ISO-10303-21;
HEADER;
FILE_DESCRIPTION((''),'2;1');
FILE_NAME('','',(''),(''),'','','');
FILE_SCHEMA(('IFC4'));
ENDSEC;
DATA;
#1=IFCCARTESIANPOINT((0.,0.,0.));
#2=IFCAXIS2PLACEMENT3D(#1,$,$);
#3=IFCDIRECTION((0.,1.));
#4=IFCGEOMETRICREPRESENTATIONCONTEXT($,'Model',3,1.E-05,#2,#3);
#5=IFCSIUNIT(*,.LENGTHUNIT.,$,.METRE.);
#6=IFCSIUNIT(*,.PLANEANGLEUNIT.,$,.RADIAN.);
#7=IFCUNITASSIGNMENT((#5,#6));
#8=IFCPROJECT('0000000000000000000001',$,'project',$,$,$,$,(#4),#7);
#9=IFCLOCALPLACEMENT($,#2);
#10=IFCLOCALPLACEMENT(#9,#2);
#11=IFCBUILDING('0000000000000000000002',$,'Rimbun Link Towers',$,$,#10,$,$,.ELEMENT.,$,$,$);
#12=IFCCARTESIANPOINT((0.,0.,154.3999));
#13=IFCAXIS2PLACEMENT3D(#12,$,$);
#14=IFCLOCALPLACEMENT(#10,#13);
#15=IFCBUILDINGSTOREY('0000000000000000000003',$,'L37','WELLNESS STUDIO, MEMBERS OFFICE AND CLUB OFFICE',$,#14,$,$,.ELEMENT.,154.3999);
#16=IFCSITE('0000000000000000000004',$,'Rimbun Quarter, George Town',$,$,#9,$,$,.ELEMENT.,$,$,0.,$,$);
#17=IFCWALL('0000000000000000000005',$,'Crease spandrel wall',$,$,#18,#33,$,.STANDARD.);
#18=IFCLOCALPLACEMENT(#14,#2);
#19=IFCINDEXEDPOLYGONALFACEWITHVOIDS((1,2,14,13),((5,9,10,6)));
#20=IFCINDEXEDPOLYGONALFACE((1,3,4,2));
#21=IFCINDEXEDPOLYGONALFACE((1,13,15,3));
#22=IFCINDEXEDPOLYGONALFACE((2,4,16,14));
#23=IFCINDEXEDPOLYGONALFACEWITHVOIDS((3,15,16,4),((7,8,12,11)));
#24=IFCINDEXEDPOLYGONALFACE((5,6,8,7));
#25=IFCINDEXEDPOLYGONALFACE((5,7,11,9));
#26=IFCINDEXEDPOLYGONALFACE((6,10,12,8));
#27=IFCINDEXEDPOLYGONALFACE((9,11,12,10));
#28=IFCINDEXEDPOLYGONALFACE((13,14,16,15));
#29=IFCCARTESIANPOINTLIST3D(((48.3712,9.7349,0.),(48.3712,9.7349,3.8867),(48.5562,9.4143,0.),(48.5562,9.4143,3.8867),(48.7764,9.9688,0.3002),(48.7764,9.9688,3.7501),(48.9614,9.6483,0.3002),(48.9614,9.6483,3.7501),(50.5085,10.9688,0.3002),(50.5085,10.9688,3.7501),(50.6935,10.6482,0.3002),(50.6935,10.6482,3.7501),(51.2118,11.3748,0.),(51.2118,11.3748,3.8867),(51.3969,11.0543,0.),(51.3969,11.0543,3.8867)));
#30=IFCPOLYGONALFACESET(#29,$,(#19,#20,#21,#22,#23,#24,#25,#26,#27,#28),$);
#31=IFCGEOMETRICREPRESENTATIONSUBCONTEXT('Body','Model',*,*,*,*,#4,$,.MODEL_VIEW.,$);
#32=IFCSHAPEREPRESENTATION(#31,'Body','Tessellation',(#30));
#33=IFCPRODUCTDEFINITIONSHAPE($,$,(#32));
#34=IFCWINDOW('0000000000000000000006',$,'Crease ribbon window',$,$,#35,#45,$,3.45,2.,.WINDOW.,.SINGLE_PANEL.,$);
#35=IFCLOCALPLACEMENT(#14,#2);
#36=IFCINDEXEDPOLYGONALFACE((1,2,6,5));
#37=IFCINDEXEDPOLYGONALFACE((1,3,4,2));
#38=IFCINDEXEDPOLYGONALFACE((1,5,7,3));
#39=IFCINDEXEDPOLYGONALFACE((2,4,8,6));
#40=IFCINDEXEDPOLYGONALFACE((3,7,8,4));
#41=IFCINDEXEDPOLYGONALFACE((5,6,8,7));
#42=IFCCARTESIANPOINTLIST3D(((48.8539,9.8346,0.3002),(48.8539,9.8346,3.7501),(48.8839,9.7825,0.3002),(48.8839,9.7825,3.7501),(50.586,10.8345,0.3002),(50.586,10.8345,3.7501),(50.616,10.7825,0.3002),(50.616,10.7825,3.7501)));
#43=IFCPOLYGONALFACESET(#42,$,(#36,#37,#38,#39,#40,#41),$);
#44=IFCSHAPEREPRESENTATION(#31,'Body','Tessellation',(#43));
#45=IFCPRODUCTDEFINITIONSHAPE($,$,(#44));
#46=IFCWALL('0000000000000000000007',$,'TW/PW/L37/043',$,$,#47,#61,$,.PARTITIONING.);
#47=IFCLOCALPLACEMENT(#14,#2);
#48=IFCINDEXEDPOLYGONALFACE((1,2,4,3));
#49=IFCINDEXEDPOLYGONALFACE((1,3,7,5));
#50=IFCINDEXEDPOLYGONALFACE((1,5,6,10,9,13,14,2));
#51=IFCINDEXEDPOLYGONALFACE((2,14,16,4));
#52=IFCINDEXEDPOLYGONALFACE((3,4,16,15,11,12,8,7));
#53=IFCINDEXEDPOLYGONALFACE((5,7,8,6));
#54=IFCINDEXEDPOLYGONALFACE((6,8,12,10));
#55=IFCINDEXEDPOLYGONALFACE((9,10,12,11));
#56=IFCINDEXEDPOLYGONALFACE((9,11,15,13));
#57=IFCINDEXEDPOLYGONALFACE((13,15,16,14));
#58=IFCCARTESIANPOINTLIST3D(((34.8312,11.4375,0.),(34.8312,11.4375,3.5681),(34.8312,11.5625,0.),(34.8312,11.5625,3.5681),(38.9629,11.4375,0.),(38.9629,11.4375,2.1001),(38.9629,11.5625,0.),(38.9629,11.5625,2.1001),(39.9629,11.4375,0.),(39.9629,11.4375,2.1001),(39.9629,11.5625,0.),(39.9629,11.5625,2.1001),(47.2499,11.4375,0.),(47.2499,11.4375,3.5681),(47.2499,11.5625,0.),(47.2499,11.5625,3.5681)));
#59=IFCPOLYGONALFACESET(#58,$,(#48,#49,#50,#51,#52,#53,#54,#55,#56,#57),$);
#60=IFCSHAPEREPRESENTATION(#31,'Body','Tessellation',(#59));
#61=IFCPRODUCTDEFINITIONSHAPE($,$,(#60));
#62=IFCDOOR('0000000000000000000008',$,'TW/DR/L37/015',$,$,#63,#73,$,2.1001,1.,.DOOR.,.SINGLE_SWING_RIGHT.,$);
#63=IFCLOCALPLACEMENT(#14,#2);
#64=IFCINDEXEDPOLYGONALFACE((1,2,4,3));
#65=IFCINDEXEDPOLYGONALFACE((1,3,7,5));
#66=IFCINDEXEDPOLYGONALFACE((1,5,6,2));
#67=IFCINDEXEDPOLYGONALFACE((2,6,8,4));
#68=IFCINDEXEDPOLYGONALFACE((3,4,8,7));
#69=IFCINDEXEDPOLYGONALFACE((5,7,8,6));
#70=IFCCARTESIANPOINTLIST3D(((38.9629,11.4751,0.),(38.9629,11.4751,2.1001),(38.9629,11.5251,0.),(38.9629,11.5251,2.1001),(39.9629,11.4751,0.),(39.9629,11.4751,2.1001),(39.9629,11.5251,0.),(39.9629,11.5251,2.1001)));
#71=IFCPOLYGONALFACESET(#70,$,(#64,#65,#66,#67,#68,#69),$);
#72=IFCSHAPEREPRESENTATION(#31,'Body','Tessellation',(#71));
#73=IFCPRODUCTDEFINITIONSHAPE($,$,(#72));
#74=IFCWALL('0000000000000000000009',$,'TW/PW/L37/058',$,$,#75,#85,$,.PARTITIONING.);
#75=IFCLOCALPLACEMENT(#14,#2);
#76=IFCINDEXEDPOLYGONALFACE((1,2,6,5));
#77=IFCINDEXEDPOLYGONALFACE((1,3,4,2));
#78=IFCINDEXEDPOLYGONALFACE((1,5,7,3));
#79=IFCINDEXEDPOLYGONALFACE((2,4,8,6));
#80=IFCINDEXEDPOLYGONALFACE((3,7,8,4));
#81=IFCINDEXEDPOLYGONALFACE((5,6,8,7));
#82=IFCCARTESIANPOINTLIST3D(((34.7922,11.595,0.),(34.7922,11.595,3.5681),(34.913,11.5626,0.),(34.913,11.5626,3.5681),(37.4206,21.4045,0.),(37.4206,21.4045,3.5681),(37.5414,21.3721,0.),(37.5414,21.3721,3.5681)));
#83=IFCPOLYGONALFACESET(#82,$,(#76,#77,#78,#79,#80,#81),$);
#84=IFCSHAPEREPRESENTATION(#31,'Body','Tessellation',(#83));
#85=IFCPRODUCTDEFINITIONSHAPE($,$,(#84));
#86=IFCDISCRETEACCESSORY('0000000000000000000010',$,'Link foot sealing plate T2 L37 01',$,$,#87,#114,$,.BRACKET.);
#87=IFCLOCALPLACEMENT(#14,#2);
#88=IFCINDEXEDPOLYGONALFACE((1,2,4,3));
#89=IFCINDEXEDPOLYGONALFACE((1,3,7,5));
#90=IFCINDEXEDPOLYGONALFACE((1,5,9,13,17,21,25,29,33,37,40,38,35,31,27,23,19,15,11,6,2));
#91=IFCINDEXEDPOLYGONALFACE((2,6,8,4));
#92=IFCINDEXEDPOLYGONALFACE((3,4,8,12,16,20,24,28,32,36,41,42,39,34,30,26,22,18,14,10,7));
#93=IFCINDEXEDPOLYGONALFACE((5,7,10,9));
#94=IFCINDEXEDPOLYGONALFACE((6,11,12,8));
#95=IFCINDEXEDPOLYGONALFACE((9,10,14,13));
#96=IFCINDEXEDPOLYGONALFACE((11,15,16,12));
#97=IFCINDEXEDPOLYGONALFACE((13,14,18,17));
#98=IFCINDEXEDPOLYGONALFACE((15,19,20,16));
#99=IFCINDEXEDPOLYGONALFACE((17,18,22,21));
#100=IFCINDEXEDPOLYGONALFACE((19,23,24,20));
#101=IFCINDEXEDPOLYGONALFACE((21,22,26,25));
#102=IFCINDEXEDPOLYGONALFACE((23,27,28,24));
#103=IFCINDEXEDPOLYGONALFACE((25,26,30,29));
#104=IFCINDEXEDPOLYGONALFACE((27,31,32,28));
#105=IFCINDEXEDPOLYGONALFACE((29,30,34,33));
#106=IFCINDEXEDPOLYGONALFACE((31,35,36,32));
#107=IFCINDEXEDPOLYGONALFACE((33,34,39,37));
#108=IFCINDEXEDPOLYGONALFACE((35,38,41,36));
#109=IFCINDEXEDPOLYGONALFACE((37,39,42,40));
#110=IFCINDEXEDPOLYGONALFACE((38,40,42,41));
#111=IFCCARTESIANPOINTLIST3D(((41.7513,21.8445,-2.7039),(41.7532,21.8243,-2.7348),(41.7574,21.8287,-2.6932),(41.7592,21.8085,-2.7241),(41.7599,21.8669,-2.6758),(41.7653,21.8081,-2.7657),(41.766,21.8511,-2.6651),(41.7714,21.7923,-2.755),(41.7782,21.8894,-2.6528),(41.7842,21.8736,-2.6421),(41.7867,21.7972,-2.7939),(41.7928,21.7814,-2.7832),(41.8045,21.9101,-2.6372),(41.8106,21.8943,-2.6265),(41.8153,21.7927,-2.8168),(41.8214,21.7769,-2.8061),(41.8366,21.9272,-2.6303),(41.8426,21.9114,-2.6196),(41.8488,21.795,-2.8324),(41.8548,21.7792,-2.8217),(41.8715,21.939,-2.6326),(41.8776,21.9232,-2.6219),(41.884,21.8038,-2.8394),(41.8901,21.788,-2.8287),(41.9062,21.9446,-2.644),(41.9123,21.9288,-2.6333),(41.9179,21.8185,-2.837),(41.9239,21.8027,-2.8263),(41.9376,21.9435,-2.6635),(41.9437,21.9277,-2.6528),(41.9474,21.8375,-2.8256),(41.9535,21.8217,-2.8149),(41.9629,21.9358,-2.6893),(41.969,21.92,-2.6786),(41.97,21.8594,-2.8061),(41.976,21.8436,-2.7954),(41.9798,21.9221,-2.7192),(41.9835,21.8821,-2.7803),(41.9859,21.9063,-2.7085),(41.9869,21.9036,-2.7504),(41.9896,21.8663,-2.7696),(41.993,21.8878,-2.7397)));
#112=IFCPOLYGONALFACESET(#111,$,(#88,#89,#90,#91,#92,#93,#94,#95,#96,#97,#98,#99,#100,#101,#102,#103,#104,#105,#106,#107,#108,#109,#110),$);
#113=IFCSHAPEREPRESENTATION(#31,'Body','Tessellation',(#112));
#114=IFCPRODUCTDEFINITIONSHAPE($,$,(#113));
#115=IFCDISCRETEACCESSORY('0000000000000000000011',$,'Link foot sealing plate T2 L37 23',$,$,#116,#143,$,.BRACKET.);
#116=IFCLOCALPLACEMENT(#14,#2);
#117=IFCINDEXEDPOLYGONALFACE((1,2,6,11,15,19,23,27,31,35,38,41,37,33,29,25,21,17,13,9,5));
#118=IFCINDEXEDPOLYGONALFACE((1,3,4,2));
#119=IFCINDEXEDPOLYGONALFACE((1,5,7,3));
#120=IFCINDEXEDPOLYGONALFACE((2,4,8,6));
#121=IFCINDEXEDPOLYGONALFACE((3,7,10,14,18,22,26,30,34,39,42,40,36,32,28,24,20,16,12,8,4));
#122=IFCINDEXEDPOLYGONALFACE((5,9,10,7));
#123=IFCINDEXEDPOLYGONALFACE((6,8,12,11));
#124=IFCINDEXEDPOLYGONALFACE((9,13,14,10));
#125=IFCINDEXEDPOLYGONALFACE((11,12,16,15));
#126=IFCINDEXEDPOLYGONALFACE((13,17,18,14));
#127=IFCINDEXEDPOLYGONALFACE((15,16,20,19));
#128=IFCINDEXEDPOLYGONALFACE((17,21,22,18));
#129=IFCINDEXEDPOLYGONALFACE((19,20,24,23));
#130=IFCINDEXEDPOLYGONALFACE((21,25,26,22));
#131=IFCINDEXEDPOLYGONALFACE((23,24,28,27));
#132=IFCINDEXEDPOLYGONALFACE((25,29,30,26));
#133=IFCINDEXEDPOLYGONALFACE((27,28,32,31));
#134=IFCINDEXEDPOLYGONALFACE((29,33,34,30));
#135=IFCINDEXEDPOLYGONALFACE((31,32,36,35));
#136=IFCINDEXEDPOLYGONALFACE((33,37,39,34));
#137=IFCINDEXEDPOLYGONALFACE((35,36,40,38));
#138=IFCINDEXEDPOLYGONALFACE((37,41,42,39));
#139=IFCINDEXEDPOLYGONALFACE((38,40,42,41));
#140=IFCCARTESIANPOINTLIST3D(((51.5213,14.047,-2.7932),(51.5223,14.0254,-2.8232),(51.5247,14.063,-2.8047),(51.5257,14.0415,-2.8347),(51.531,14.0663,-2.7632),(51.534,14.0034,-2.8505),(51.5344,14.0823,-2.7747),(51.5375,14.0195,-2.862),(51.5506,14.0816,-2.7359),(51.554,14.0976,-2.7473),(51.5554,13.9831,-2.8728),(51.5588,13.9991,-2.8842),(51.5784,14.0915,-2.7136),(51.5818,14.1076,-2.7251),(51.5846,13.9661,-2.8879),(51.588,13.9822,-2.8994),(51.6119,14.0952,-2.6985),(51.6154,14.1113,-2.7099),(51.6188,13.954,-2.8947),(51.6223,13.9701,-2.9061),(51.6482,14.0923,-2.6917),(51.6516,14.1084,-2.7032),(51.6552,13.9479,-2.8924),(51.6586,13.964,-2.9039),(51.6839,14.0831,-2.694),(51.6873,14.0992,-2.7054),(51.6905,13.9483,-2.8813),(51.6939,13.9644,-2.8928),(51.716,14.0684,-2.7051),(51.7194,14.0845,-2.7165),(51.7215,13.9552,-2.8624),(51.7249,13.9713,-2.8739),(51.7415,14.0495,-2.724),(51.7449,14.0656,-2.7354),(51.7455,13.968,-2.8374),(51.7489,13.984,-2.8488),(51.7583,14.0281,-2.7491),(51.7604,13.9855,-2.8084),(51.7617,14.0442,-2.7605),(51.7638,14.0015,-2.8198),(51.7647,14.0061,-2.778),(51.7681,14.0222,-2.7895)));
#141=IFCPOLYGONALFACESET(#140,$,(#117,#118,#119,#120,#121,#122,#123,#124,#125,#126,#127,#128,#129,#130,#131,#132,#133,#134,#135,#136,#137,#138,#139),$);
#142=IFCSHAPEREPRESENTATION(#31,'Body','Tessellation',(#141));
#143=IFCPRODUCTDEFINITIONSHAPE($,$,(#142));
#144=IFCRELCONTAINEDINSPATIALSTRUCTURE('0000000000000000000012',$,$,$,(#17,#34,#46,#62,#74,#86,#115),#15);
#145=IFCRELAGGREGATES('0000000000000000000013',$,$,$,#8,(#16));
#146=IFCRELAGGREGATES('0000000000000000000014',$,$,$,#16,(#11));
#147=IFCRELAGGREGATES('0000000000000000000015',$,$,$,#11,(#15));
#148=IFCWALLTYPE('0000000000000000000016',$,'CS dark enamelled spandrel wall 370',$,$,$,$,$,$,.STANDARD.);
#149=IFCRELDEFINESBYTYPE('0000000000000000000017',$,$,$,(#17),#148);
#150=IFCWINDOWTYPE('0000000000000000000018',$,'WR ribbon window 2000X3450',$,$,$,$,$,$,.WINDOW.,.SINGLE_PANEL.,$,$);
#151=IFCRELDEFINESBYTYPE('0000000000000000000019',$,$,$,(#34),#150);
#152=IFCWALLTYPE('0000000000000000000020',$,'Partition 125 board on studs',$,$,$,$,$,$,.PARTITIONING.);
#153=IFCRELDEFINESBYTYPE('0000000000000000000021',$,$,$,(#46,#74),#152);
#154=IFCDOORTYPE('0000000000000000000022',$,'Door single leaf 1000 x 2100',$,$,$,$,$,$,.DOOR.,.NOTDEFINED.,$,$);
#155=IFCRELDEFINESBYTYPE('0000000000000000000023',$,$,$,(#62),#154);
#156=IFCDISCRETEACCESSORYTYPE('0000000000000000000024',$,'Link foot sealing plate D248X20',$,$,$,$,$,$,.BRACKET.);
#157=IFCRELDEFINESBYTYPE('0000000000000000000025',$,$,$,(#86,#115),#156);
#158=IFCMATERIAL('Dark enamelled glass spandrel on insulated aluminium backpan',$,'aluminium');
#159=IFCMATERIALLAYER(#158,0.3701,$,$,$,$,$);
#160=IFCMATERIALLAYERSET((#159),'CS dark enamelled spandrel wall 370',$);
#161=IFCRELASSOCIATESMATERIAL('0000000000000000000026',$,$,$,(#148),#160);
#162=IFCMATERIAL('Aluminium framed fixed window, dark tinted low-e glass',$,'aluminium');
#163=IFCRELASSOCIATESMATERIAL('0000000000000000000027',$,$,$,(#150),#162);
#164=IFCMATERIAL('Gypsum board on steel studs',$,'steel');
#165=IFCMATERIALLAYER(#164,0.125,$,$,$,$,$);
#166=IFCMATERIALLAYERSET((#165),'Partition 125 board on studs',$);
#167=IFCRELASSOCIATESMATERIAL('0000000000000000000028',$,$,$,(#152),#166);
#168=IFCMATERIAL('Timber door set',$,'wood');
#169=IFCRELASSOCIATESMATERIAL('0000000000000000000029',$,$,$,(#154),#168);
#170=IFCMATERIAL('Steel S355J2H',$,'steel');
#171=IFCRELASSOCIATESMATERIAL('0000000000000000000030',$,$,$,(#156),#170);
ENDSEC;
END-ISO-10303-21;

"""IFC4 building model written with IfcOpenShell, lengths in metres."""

from ifc_helpers import new_model, si_unit, direction, frame, frame_2d, origin, origin_2d, place, context, subcontext, project, spatial, rectangle, circle, extrude, material, layer, layer_set, material_profile, profile_set, type_object, element, fill, save


model = new_model("IFC4")

# Units and contexts
model_context = context("Model", 3, precision=1e-05, world=origin(), true_north=direction((0.0, 1.0)))
body_context = subcontext(model_context, "Body", "Model", "MODEL_VIEW")
ifc_project = project(units=[si_unit("LENGTHUNIT", "METRE"), si_unit("PLANEANGLEUNIT", "RADIAN")], contexts=[model_context])

# Site, building, storey
site_placement = place(None, origin())
site = spatial("IfcSite", under=ifc_project, at=site_placement, Name="Rimbun Quarter, George Town", CompositionType="ELEMENT", RefElevation=0.0)
building_placement = place(site_placement, origin())
building = spatial("IfcBuilding", under=site, at=building_placement, Name="Rimbun Link Towers", CompositionType="ELEMENT")
storey_placement = place(building_placement, frame((0.0, 0.0, 154.3999)))
storey = spatial("IfcBuildingStorey", under=building, at=storey_placement, Name="L37", Description="WELLNESS STUDIO, MEMBERS OFFICE AND CLUB OFFICE", CompositionType="ELEMENT", Elevation=154.3999)

# Wall, opening, window
ifc_material_1 = material(Name="Dark enamelled glass spandrel on insulated aluminium backpan", Category="aluminium")
ifc_layer_1 = layer(ifc_material_1, 0.3701)
ifc_layer_set_1 = layer_set([ifc_layer_1], Name="CS dark enamelled spandrel wall 370")
wall_type_1 = type_object("IfcWallType", Name="CS dark enamelled spandrel wall 370", PredefinedType="STANDARD", material=ifc_layer_set_1)
wall_1_placement = place(storey_placement, frame((51.3044, 11.2146, 0.0), z_axis=(0.0, 0.0, 1.0), x_axis=(-0.866041, -0.499974, 0.0)))
wall_1 = element("IfcWall", 1, at=wall_1_placement, inside=storey, type_object=wall_type_1, Name="Crease spandrel wall", PredefinedType="STANDARD", context=body_context, shape_type="SweptSolid", body=[
    extrude(rectangle(XDim=3.28, YDim=0.3701, at=frame_2d((1.6401, 0.0))), origin(), (0.0, 0.0, 1.0), 3.8867),
])
opening_1_placement = place(wall_1_placement, frame((0.8123, 0.0, 0.3)))
opening_1 = element("IfcOpeningElement", 2, at=opening_1_placement, cuts=wall_1, PredefinedType="OPENING", context=body_context, shape_type="SweptSolid", body=[
    extrude(rectangle(XDim=2.0, YDim=3.45, at=frame_2d((1.0, 1.7251))), frame((0.0, 0.1951, 0.0), z_axis=(0.0, -1.0, 0.0), x_axis=(1.0, 0.0, 0.0)), (0.0, 0.0, 1.0), 0.3901),
])
ifc_material_2 = material(Name="Aluminium framed fixed window, dark tinted low-e glass", Category="aluminium")
window_type = type_object("IfcWindowType", Name="WR ribbon window 2000X3450", PartitioningType="SINGLE_PANEL", PredefinedType="WINDOW", material=ifc_material_2)
window_placement = place(opening_1_placement, origin())
window = element("IfcWindow", 3, at=window_placement, inside=storey, type_object=window_type, Name="Crease ribbon window", OverallHeight=3.45, OverallWidth=2.0, PartitioningType="SINGLE_PANEL", PredefinedType="WINDOW", context=body_context, shape_type="SweptSolid", body=[
    extrude(rectangle(XDim=2.0, YDim=3.45, at=frame_2d((1.0, 1.7251))), frame((0.0, 0.03, 0.0), z_axis=(0.0, -1.0, 0.0), x_axis=(1.0, 0.0, 0.0)), (0.0, 0.0, 1.0), 0.0601),
])
fill(opening_1, window)

# Wall, opening, door
ifc_material_3 = material(Name="Gypsum board on steel studs", Category="steel")
ifc_layer_2 = layer(ifc_material_3, 0.125)
ifc_layer_set_2 = layer_set([ifc_layer_2], Name="Partition 125 board on studs")
wall_type_2 = type_object("IfcWallType", Name="Partition 125 board on studs", PredefinedType="PARTITIONING", material=ifc_layer_set_2)
wall_2_placement = place(storey_placement, frame((47.25, 11.5, 0.0), z_axis=(0.0, 0.0, 1.0), x_axis=(-1.0, 0.0, 0.0)))
wall_2 = element("IfcWall", 4, at=wall_2_placement, inside=storey, type_object=wall_type_2, Name="TW/PW/L37/043", PredefinedType="PARTITIONING", context=body_context, shape_type="SweptSolid", body=[
    extrude(rectangle(XDim=12.4187, YDim=0.125, at=frame_2d((6.2095, 0.0))), origin(), (0.0, 0.0, 1.0), 3.5681),
])
opening_2_placement = place(wall_2_placement, frame((7.2871, 0.0, 0.0)))
opening_2 = element("IfcOpeningElement", 5, at=opening_2_placement, cuts=wall_2, PredefinedType="OPENING", context=body_context, shape_type="SweptSolid", body=[
    extrude(rectangle(XDim=1.0, YDim=2.1001, at=frame_2d((0.5, 1.05))), frame((0.0, 0.0725, 0.0), z_axis=(0.0, -1.0, 0.0), x_axis=(1.0, 0.0, 0.0)), (0.0, 0.0, 1.0), 0.145),
])
ifc_material_4 = material(Name="Timber door set", Category="wood")
door_type = type_object("IfcDoorType", Name="Door single leaf 1000 x 2100", OperationType="NOTDEFINED", PredefinedType="DOOR", material=ifc_material_4)
door_placement = place(opening_2_placement, origin())
door = element("IfcDoor", 6, at=door_placement, inside=storey, type_object=door_type, Name="TW/DR/L37/015", OperationType="SINGLE_SWING_RIGHT", OverallHeight=2.1001, OverallWidth=1.0, PredefinedType="DOOR", context=body_context, shape_type="SweptSolid", body=[
    extrude(rectangle(XDim=1.0, YDim=2.1001, at=frame_2d((0.5, 1.05))), frame((0.0, 0.0249, 0.0), z_axis=(0.0, -1.0, 0.0), x_axis=(1.0, 0.0, 0.0)), (0.0, 0.0, 1.0), 0.05),
])
fill(opening_2, door)

# Wall
wall_3_placement = place(storey_placement, frame((37.481, 21.3882, 0.0), z_axis=(0.0, 0.0, 1.0), x_axis=(-0.258815, -0.965927, 0.0)))
element("IfcWall", 7, at=wall_3_placement, inside=storey, type_object=wall_type_2, Name="TW/PW/L37/058", PredefinedType="PARTITIONING", context=body_context, shape_type="SweptSolid", body=[
    extrude(rectangle(XDim=10.1555, YDim=0.125, at=frame_2d((5.0776, 0.0))), origin(), (0.0, 0.0, 1.0), 3.5681),
])

# Discrete accessories
ifc_material_5 = material(Name="Steel S355J2H", Category="steel")
ifc_material_profile_1 = material_profile(ifc_material_5, circle(Radius=0.124, at=origin_2d()), Name="PL D248")
ifc_profile_set_1 = profile_set([ifc_material_profile_1], Name="Steel S355J2H")
discrete_accessory_type = type_object("IfcDiscreteAccessoryType", Name="Link foot sealing plate D248X20", PredefinedType="BRACKET", material=ifc_profile_set_1)
for number, where, z_axis, x_axis, name in (
    (8, (41.875, 21.853, -2.7241), (-0.303482, 0.789053, -0.534128), (-0.933346, -0.358979, 0.0), "Link foot sealing plate T2 L37 01"),
    (9, (51.6426, 14.0212, -2.7932), (0.170264, 0.802673, -0.5716), (-0.978234, 0.207504, 0.0), "Link foot sealing plate T2 L37 23"),
):
    element("IfcDiscreteAccessory", number, at=place(storey_placement, frame(where, z_axis=z_axis, x_axis=x_axis)), inside=storey, type_object=discrete_accessory_type, Name=name, PredefinedType="BRACKET", context=body_context, shape_type="SweptSolid", body=[
        extrude(circle(Radius=0.124, at=origin_2d()), origin(), (0.0, 0.0, 1.0), 0.02),
    ])

save(model, "model.ifc")
